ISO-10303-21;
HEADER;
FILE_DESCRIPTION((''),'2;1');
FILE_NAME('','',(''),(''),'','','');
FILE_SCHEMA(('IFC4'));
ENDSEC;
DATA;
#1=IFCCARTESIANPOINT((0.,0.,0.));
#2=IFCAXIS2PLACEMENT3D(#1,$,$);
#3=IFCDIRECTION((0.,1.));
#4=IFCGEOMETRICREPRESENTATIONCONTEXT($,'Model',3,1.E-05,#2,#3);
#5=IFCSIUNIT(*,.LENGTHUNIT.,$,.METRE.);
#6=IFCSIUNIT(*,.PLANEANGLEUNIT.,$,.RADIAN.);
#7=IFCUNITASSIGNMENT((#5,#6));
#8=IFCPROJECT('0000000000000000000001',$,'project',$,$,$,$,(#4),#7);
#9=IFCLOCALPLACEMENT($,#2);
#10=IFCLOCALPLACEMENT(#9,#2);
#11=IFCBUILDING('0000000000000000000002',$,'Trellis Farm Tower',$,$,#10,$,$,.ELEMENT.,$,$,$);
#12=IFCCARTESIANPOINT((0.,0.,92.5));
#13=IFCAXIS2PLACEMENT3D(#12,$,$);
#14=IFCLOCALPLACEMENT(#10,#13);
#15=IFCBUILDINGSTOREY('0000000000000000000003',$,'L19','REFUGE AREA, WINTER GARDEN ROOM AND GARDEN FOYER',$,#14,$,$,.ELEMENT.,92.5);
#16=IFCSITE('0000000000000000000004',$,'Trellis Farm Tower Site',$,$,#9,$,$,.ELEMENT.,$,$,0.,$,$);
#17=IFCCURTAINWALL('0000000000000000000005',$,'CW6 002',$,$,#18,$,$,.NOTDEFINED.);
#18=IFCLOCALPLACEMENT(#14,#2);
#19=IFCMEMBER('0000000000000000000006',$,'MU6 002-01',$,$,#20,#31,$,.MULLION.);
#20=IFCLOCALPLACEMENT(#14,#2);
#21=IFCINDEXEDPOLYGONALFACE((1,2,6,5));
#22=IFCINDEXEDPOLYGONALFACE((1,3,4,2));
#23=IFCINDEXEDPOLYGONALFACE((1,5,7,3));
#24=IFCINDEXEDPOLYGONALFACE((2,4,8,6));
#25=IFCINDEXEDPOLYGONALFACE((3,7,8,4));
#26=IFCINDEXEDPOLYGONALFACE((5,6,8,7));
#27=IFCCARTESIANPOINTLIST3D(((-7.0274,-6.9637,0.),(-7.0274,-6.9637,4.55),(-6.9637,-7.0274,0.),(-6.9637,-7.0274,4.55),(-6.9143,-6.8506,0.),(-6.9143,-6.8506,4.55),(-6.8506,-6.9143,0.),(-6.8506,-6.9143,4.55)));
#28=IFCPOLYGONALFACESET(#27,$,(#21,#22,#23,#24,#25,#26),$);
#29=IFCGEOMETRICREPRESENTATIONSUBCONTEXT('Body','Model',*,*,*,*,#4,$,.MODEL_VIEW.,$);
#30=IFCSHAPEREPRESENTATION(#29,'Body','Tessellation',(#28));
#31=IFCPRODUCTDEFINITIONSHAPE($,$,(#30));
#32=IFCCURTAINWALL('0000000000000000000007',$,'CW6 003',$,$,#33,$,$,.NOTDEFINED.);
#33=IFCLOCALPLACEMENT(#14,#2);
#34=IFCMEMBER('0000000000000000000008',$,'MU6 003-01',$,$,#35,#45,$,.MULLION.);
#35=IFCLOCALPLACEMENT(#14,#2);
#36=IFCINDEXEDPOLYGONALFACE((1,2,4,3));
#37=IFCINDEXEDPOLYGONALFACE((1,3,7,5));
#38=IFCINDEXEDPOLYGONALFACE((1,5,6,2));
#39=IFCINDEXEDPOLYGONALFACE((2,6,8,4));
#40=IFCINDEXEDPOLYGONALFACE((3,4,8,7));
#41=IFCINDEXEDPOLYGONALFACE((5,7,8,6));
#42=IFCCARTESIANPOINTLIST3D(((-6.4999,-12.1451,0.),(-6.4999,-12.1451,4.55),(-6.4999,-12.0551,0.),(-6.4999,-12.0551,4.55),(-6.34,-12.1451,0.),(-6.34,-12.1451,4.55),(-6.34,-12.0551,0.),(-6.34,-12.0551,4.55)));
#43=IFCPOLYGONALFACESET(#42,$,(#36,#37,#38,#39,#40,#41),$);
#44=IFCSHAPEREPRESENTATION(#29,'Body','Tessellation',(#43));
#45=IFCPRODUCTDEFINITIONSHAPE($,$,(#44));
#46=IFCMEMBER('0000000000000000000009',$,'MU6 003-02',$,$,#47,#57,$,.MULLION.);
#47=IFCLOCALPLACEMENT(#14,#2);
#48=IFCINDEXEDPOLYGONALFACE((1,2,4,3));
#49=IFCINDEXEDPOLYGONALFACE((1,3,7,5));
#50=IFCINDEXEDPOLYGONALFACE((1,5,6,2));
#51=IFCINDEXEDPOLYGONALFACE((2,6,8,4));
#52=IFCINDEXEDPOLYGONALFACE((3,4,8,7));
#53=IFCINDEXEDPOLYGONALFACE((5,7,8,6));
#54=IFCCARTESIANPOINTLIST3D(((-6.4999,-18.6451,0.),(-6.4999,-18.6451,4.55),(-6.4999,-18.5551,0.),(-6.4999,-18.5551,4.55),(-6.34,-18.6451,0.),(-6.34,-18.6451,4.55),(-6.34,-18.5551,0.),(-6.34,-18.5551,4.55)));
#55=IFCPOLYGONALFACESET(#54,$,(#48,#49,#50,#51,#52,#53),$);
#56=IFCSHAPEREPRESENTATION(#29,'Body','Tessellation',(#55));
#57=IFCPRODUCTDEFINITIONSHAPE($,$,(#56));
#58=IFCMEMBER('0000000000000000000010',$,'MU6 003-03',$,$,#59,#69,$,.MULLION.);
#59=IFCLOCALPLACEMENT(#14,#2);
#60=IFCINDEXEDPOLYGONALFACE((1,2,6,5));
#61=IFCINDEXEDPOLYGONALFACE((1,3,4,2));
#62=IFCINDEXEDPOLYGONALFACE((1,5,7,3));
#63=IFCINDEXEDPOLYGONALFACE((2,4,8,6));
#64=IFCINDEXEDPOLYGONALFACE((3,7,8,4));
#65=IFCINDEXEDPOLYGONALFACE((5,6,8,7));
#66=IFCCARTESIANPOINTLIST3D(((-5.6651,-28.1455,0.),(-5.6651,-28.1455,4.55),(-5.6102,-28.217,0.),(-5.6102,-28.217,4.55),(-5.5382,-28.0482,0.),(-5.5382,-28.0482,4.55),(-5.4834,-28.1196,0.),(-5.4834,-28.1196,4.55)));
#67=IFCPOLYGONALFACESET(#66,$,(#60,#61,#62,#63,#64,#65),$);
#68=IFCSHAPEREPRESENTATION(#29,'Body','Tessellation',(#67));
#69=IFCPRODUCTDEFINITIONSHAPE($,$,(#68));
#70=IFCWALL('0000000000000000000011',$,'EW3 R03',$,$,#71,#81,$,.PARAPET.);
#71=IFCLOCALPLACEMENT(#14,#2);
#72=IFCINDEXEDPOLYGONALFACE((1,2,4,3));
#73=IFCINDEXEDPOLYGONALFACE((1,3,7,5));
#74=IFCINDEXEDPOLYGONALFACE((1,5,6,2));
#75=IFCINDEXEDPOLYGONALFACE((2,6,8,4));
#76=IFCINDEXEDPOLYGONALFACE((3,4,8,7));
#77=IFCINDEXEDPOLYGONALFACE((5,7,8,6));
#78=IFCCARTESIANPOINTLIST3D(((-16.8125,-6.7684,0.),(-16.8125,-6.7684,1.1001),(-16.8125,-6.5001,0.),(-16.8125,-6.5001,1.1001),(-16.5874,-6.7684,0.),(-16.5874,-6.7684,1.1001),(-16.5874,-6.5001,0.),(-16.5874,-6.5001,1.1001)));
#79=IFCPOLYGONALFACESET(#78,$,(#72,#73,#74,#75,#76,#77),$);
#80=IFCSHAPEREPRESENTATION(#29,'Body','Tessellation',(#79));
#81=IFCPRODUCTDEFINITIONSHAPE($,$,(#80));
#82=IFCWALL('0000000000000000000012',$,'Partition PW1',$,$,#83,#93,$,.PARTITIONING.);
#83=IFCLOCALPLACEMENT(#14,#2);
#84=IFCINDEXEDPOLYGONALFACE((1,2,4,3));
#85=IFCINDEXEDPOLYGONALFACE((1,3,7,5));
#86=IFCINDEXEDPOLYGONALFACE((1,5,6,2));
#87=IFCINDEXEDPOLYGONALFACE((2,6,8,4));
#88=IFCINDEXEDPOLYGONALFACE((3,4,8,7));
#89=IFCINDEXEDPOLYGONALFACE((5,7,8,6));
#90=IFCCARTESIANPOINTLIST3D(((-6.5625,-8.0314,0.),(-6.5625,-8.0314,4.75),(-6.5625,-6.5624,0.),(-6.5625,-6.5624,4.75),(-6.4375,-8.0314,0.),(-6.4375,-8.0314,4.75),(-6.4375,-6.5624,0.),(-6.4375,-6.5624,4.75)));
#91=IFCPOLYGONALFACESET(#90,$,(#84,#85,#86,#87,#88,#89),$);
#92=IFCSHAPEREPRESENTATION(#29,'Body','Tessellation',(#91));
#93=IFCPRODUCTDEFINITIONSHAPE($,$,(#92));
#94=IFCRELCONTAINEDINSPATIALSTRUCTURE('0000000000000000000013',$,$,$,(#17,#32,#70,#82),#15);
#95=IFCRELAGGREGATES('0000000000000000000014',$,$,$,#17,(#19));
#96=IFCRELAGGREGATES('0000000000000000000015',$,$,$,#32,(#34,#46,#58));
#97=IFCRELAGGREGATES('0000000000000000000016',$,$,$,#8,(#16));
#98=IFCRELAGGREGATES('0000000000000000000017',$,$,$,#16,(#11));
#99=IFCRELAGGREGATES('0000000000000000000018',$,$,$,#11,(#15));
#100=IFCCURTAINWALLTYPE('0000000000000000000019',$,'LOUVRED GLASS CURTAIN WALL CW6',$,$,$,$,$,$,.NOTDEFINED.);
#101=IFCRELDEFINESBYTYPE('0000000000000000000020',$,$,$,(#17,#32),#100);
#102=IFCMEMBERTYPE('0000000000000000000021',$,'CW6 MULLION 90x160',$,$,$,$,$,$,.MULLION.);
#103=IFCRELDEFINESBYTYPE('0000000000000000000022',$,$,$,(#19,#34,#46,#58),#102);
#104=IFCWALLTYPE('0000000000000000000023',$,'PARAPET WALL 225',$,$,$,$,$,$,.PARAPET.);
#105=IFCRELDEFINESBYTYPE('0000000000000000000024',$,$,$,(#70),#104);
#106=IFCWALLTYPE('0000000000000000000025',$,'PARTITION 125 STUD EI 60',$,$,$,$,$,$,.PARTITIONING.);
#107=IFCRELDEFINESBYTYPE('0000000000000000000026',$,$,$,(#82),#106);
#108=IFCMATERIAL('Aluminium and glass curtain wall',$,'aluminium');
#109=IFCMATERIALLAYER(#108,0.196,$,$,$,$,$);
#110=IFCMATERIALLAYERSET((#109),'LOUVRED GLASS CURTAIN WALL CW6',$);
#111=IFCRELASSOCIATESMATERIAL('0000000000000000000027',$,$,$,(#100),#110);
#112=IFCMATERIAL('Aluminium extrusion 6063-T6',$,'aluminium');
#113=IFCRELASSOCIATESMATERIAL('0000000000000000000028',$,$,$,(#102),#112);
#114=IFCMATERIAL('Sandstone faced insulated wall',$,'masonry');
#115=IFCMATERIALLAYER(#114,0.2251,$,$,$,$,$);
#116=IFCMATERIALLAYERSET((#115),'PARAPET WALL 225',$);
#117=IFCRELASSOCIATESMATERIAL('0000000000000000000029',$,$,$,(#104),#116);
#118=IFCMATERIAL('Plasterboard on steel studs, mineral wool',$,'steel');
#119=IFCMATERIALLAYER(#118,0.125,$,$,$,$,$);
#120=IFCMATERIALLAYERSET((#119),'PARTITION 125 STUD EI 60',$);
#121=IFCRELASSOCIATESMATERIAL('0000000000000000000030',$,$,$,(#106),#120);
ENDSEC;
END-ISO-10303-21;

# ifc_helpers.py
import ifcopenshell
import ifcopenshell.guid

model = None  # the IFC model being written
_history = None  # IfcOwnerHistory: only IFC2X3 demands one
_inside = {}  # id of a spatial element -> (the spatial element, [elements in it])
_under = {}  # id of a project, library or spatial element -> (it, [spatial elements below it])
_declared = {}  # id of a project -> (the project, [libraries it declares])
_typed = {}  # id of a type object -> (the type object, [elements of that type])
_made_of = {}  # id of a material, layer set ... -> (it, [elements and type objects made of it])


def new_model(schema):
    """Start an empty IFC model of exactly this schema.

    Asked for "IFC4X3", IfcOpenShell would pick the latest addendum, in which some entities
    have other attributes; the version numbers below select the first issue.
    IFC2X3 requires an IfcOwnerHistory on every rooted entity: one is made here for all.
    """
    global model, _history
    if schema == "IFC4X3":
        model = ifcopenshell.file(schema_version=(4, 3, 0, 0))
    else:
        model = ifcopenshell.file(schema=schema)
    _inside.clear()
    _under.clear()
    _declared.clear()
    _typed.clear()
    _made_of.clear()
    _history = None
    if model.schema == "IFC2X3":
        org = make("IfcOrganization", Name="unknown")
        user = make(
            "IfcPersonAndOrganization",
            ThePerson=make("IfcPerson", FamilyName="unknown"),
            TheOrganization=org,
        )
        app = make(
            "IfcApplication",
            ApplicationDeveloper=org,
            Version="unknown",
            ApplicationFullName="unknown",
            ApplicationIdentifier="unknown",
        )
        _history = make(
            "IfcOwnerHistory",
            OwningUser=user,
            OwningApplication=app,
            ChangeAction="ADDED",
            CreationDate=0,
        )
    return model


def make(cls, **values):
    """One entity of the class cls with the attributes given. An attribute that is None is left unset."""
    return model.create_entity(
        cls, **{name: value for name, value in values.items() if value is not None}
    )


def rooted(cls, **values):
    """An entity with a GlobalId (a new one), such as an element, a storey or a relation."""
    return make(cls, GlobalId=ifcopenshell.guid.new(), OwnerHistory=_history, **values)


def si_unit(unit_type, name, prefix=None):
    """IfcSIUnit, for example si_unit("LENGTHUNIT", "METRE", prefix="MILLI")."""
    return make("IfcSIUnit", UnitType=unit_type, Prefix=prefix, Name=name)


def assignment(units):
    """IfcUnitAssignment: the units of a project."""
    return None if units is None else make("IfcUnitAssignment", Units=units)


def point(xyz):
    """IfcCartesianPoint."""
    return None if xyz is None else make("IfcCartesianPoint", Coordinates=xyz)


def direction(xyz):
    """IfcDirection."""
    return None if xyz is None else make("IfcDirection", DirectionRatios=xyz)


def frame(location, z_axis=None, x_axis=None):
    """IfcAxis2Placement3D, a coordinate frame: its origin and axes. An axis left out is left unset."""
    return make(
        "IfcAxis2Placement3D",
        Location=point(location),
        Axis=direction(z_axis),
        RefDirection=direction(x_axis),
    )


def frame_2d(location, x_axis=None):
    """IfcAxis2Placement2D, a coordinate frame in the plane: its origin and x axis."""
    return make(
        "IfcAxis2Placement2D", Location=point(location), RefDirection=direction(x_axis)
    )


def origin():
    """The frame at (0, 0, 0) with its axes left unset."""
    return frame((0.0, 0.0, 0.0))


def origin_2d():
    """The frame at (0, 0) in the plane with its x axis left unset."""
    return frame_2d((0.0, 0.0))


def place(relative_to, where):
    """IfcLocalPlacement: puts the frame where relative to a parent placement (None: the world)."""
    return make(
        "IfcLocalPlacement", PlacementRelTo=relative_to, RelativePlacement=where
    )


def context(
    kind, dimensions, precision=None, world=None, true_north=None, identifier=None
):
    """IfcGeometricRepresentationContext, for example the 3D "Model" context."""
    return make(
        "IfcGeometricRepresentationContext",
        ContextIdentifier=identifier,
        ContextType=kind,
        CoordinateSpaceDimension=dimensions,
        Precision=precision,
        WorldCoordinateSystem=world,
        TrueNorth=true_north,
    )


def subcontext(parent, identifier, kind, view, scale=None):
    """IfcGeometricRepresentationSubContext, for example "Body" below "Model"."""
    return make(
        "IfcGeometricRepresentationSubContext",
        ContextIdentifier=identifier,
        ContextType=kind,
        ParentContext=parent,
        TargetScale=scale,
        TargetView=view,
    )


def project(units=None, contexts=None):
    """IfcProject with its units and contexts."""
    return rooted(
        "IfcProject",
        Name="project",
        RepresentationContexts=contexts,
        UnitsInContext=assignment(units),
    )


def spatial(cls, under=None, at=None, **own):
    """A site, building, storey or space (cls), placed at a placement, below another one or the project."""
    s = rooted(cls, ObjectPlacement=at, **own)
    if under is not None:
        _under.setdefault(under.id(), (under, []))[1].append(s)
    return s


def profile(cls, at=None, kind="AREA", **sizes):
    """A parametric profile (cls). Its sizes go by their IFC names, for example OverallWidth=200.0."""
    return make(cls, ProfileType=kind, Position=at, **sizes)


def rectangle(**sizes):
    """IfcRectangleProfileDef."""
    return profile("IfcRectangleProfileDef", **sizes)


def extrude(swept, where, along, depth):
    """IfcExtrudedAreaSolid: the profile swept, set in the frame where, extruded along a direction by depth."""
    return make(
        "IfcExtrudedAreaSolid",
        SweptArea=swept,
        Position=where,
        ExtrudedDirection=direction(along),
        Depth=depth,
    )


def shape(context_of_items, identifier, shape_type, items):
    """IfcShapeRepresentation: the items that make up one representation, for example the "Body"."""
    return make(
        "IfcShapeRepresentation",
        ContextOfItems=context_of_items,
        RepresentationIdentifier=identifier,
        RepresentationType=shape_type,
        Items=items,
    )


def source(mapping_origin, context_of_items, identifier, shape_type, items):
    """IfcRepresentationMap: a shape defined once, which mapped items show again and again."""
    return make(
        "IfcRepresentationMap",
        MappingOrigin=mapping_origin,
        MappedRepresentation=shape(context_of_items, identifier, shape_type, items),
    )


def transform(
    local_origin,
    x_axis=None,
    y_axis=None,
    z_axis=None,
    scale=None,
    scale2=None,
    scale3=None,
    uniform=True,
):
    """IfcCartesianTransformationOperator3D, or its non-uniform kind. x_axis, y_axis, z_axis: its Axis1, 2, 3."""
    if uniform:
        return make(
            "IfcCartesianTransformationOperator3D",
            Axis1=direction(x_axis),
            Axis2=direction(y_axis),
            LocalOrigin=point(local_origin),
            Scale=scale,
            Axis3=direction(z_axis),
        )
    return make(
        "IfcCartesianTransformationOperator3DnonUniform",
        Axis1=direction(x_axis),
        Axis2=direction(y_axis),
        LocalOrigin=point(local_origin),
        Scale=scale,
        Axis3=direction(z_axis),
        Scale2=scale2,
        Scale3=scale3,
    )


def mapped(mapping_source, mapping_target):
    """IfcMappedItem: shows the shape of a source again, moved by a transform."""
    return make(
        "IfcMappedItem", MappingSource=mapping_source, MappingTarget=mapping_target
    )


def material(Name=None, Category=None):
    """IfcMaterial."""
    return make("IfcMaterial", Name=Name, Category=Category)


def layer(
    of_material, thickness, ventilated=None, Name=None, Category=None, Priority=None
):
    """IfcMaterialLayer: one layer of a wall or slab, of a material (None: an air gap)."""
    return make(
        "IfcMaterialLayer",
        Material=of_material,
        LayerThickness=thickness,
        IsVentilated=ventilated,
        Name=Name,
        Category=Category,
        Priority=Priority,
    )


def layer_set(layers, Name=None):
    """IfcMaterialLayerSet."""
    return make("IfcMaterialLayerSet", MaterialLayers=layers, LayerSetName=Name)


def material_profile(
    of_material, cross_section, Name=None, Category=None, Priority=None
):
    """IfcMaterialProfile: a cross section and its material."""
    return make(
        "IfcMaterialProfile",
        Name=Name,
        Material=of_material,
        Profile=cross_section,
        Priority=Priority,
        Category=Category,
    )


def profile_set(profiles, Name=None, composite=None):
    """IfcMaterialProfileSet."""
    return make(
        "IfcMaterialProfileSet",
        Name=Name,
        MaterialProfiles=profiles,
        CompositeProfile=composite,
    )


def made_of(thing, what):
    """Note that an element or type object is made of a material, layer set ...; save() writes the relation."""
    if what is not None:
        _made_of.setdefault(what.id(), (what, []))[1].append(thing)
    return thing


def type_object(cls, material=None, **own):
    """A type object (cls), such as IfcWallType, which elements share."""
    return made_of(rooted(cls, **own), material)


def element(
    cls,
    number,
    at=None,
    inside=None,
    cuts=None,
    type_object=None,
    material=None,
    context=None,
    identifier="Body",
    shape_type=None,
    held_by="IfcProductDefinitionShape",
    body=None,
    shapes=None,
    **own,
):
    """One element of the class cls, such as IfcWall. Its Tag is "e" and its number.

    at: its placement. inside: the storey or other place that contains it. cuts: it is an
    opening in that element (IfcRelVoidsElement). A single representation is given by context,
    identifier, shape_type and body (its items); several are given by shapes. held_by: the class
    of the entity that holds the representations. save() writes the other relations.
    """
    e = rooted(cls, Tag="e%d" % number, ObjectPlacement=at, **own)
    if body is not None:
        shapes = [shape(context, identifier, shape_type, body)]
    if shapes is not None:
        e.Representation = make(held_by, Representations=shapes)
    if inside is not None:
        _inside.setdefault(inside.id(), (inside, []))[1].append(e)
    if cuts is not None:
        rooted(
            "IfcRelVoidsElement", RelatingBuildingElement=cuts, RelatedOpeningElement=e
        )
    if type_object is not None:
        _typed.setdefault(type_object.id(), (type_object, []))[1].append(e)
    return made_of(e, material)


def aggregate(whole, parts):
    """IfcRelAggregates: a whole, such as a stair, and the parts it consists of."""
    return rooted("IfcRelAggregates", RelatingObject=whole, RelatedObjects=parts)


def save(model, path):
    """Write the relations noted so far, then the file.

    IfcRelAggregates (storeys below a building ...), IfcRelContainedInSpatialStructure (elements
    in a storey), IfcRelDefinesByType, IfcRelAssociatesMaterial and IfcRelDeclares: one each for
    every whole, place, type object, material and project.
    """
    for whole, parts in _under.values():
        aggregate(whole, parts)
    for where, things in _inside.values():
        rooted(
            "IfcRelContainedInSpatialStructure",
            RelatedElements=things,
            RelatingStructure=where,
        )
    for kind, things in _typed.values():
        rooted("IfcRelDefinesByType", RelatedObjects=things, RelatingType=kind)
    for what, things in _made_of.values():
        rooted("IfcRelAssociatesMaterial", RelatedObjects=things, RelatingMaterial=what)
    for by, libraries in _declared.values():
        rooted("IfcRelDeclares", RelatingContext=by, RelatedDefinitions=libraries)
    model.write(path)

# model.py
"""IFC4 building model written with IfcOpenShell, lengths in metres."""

from ifc_helpers import new_model, si_unit, direction, frame, frame_2d, origin, origin_2d, place, context, subcontext, project, spatial, rectangle, extrude, source, transform, mapped, material, layer, layer_set, material_profile, profile_set, type_object, element, aggregate, save


model = new_model("IFC4")

# Units and contexts
model_context = context("Model", 3, precision=1e-05, world=origin(), true_north=direction((0.0, 1.0)))
body_context = subcontext(model_context, "Body", "Model", "MODEL_VIEW")
ifc_project = project(units=[si_unit("LENGTHUNIT", "METRE"), si_unit("PLANEANGLEUNIT", "RADIAN")], contexts=[model_context])

# Site, building, storey
site_placement = place(None, origin())
site = spatial("IfcSite", under=ifc_project, at=site_placement, Name="Trellis Farm Tower Site", CompositionType="ELEMENT", RefElevation=0.0)
building_placement = place(site_placement, origin())
building = spatial("IfcBuilding", under=site, at=building_placement, Name="Trellis Farm Tower", CompositionType="ELEMENT")
storey_placement = place(building_placement, frame((0.0, 0.0, 92.5)))
storey = spatial("IfcBuildingStorey", under=building, at=storey_placement, Name="L19", Description="REFUGE AREA, WINTER GARDEN ROOM AND GARDEN FOYER", CompositionType="ELEMENT", Elevation=92.5)

# Shared definitions
ifc_material_1 = material(Name="Aluminium and glass curtain wall", Category="aluminium")
ifc_layer_1 = layer(ifc_material_1, 0.196)
ifc_layer_set_1 = layer_set([ifc_layer_1], Name="LOUVRED GLASS CURTAIN WALL CW6")
curtain_wall_type = type_object("IfcCurtainWallType", Name="LOUVRED GLASS CURTAIN WALL CW6", PredefinedType="NOTDEFINED", material=ifc_layer_set_1)
placement = place(storey_placement, origin())
ifc_material_2 = material(Name="Aluminium extrusion 6063-T6", Category="aluminium")
ifc_material_profile_1 = material_profile(ifc_material_2, rectangle(XDim=0.0901, YDim=0.1599, at=origin_2d()), Name="MULLION 90x160")
ifc_profile_set_1 = profile_set([ifc_material_profile_1], Name="Aluminium extrusion 6063-T6")
member_type_1 = type_object("IfcMemberType", Name="CW6 MULLION 90x160", PredefinedType="MULLION", material=ifc_profile_set_1)
shared_shape_1 = source(origin(), body_context, "Body", "SweptSolid", [
    extrude(rectangle(XDim=0.0901, YDim=0.1599, at=origin_2d()), origin(), (0.0, 0.0, 1.0), 4.55),
])

# Curtain wall, member
curtain_wall_1 = element("IfcCurtainWall", 1, at=placement, inside=storey, type_object=curtain_wall_type, Name="CW6 002", PredefinedType="NOTDEFINED")
member_1_placement = place(storey_placement, frame((-6.939, -6.939, 0.0), z_axis=(0.0, 0.0, 1.0), x_axis=(0.707107, -0.707107, 0.0)))
member_1 = element("IfcMember", 2, at=member_1_placement, type_object=member_type_1, Name="MU6 002-01", PredefinedType="MULLION", context=body_context, shape_type="MappedRepresentation", body=[
    mapped(shared_shape_1, transform((0.0, 0.0, 0.0))),
])
aggregate(curtain_wall_1, [member_1])

# Curtain wall, members
curtain_wall_2 = element("IfcCurtainWall", 3, at=placement, inside=storey, type_object=curtain_wall_type, Name="CW6 003", PredefinedType="NOTDEFINED")
member_2_placement = place(storey_placement, frame((-6.4199, -12.1001, 0.0), z_axis=(0.0, 0.0, 1.0), x_axis=(0.0, -1.0, 0.0)))
member_2 = element("IfcMember", 4, at=member_2_placement, type_object=member_type_1, Name="MU6 003-01", PredefinedType="MULLION", context=body_context, shape_type="MappedRepresentation", body=[
    mapped(shared_shape_1, transform((0.0, 0.0, 0.0))),
])
member_3_placement = place(storey_placement, frame((-6.4199, -18.6001, 0.0), z_axis=(0.0, 0.0, 1.0), x_axis=(0.0, -1.0, 0.0)))
member_3 = element("IfcMember", 5, at=member_3_placement, type_object=member_type_1, Name="MU6 003-02", PredefinedType="MULLION", context=body_context, shape_type="MappedRepresentation", body=[
    mapped(shared_shape_1, transform((0.0, 0.0, 0.0))),
])
member_4_placement = place(storey_placement, frame((-5.5742, -28.1326, 0.0), z_axis=(0.0, 0.0, 1.0), x_axis=(0.608761, -0.793353, 0.0)))
member_4 = element("IfcMember", 6, at=member_4_placement, type_object=member_type_1, Name="MU6 003-03", PredefinedType="MULLION", context=body_context, shape_type="MappedRepresentation", body=[
    mapped(shared_shape_1, transform((0.0, 0.0, 0.0))),
])
aggregate(curtain_wall_2, [member_2, member_3, member_4])

# Walls
ifc_material_3 = material(Name="Sandstone faced insulated wall", Category="masonry")
ifc_layer_2 = layer(ifc_material_3, 0.2251)
ifc_layer_set_2 = layer_set([ifc_layer_2], Name="PARAPET WALL 225")
wall_type_1 = type_object("IfcWallType", Name="PARAPET WALL 225", PredefinedType="PARAPET", material=ifc_layer_set_2)
wall_1_placement = place(storey_placement, frame((-16.7, -6.5, 0.0), z_axis=(0.0, 0.0, 1.0), x_axis=(0.0, -1.0, 0.0)))
element("IfcWall", 7, at=wall_1_placement, inside=storey, type_object=wall_type_1, Name="EW3 R03", PredefinedType="PARAPET", context=body_context, shape_type="SweptSolid", body=[
    extrude(rectangle(XDim=0.2683, YDim=0.2251, at=frame_2d((0.1343, 0.0))), origin(), (0.0, 0.0, 1.0), 1.1001),
])
ifc_material_4 = material(Name="Plasterboard on steel studs, mineral wool", Category="steel")
ifc_layer_3 = layer(ifc_material_4, 0.125)
ifc_layer_set_3 = layer_set([ifc_layer_3], Name="PARTITION 125 STUD EI 60")
wall_type_2 = type_object("IfcWallType", Name="PARTITION 125 STUD EI 60", PredefinedType="PARTITIONING", material=ifc_layer_set_3)
shared_shape_2 = source(origin(), body_context, "Body", "SweptSolid", [
    extrude(rectangle(XDim=1.469, YDim=0.125, at=frame_2d((0.7344, 0.0))), origin(), (0.0, 0.0, 1.0), 4.75),
])
wall_2_placement = place(storey_placement, frame((-6.5, -6.5625, 0.0), z_axis=(0.0, 0.0, 1.0), x_axis=(0.0, -1.0, 0.0)))
element("IfcWall", 8, at=wall_2_placement, inside=storey, type_object=wall_type_2, Name="Partition PW1", PredefinedType="PARTITIONING", context=body_context, shape_type="MappedRepresentation", body=[
    mapped(shared_shape_2, transform((0.0, 0.0, 0.0))),
])

save(model, "model.ifc")
